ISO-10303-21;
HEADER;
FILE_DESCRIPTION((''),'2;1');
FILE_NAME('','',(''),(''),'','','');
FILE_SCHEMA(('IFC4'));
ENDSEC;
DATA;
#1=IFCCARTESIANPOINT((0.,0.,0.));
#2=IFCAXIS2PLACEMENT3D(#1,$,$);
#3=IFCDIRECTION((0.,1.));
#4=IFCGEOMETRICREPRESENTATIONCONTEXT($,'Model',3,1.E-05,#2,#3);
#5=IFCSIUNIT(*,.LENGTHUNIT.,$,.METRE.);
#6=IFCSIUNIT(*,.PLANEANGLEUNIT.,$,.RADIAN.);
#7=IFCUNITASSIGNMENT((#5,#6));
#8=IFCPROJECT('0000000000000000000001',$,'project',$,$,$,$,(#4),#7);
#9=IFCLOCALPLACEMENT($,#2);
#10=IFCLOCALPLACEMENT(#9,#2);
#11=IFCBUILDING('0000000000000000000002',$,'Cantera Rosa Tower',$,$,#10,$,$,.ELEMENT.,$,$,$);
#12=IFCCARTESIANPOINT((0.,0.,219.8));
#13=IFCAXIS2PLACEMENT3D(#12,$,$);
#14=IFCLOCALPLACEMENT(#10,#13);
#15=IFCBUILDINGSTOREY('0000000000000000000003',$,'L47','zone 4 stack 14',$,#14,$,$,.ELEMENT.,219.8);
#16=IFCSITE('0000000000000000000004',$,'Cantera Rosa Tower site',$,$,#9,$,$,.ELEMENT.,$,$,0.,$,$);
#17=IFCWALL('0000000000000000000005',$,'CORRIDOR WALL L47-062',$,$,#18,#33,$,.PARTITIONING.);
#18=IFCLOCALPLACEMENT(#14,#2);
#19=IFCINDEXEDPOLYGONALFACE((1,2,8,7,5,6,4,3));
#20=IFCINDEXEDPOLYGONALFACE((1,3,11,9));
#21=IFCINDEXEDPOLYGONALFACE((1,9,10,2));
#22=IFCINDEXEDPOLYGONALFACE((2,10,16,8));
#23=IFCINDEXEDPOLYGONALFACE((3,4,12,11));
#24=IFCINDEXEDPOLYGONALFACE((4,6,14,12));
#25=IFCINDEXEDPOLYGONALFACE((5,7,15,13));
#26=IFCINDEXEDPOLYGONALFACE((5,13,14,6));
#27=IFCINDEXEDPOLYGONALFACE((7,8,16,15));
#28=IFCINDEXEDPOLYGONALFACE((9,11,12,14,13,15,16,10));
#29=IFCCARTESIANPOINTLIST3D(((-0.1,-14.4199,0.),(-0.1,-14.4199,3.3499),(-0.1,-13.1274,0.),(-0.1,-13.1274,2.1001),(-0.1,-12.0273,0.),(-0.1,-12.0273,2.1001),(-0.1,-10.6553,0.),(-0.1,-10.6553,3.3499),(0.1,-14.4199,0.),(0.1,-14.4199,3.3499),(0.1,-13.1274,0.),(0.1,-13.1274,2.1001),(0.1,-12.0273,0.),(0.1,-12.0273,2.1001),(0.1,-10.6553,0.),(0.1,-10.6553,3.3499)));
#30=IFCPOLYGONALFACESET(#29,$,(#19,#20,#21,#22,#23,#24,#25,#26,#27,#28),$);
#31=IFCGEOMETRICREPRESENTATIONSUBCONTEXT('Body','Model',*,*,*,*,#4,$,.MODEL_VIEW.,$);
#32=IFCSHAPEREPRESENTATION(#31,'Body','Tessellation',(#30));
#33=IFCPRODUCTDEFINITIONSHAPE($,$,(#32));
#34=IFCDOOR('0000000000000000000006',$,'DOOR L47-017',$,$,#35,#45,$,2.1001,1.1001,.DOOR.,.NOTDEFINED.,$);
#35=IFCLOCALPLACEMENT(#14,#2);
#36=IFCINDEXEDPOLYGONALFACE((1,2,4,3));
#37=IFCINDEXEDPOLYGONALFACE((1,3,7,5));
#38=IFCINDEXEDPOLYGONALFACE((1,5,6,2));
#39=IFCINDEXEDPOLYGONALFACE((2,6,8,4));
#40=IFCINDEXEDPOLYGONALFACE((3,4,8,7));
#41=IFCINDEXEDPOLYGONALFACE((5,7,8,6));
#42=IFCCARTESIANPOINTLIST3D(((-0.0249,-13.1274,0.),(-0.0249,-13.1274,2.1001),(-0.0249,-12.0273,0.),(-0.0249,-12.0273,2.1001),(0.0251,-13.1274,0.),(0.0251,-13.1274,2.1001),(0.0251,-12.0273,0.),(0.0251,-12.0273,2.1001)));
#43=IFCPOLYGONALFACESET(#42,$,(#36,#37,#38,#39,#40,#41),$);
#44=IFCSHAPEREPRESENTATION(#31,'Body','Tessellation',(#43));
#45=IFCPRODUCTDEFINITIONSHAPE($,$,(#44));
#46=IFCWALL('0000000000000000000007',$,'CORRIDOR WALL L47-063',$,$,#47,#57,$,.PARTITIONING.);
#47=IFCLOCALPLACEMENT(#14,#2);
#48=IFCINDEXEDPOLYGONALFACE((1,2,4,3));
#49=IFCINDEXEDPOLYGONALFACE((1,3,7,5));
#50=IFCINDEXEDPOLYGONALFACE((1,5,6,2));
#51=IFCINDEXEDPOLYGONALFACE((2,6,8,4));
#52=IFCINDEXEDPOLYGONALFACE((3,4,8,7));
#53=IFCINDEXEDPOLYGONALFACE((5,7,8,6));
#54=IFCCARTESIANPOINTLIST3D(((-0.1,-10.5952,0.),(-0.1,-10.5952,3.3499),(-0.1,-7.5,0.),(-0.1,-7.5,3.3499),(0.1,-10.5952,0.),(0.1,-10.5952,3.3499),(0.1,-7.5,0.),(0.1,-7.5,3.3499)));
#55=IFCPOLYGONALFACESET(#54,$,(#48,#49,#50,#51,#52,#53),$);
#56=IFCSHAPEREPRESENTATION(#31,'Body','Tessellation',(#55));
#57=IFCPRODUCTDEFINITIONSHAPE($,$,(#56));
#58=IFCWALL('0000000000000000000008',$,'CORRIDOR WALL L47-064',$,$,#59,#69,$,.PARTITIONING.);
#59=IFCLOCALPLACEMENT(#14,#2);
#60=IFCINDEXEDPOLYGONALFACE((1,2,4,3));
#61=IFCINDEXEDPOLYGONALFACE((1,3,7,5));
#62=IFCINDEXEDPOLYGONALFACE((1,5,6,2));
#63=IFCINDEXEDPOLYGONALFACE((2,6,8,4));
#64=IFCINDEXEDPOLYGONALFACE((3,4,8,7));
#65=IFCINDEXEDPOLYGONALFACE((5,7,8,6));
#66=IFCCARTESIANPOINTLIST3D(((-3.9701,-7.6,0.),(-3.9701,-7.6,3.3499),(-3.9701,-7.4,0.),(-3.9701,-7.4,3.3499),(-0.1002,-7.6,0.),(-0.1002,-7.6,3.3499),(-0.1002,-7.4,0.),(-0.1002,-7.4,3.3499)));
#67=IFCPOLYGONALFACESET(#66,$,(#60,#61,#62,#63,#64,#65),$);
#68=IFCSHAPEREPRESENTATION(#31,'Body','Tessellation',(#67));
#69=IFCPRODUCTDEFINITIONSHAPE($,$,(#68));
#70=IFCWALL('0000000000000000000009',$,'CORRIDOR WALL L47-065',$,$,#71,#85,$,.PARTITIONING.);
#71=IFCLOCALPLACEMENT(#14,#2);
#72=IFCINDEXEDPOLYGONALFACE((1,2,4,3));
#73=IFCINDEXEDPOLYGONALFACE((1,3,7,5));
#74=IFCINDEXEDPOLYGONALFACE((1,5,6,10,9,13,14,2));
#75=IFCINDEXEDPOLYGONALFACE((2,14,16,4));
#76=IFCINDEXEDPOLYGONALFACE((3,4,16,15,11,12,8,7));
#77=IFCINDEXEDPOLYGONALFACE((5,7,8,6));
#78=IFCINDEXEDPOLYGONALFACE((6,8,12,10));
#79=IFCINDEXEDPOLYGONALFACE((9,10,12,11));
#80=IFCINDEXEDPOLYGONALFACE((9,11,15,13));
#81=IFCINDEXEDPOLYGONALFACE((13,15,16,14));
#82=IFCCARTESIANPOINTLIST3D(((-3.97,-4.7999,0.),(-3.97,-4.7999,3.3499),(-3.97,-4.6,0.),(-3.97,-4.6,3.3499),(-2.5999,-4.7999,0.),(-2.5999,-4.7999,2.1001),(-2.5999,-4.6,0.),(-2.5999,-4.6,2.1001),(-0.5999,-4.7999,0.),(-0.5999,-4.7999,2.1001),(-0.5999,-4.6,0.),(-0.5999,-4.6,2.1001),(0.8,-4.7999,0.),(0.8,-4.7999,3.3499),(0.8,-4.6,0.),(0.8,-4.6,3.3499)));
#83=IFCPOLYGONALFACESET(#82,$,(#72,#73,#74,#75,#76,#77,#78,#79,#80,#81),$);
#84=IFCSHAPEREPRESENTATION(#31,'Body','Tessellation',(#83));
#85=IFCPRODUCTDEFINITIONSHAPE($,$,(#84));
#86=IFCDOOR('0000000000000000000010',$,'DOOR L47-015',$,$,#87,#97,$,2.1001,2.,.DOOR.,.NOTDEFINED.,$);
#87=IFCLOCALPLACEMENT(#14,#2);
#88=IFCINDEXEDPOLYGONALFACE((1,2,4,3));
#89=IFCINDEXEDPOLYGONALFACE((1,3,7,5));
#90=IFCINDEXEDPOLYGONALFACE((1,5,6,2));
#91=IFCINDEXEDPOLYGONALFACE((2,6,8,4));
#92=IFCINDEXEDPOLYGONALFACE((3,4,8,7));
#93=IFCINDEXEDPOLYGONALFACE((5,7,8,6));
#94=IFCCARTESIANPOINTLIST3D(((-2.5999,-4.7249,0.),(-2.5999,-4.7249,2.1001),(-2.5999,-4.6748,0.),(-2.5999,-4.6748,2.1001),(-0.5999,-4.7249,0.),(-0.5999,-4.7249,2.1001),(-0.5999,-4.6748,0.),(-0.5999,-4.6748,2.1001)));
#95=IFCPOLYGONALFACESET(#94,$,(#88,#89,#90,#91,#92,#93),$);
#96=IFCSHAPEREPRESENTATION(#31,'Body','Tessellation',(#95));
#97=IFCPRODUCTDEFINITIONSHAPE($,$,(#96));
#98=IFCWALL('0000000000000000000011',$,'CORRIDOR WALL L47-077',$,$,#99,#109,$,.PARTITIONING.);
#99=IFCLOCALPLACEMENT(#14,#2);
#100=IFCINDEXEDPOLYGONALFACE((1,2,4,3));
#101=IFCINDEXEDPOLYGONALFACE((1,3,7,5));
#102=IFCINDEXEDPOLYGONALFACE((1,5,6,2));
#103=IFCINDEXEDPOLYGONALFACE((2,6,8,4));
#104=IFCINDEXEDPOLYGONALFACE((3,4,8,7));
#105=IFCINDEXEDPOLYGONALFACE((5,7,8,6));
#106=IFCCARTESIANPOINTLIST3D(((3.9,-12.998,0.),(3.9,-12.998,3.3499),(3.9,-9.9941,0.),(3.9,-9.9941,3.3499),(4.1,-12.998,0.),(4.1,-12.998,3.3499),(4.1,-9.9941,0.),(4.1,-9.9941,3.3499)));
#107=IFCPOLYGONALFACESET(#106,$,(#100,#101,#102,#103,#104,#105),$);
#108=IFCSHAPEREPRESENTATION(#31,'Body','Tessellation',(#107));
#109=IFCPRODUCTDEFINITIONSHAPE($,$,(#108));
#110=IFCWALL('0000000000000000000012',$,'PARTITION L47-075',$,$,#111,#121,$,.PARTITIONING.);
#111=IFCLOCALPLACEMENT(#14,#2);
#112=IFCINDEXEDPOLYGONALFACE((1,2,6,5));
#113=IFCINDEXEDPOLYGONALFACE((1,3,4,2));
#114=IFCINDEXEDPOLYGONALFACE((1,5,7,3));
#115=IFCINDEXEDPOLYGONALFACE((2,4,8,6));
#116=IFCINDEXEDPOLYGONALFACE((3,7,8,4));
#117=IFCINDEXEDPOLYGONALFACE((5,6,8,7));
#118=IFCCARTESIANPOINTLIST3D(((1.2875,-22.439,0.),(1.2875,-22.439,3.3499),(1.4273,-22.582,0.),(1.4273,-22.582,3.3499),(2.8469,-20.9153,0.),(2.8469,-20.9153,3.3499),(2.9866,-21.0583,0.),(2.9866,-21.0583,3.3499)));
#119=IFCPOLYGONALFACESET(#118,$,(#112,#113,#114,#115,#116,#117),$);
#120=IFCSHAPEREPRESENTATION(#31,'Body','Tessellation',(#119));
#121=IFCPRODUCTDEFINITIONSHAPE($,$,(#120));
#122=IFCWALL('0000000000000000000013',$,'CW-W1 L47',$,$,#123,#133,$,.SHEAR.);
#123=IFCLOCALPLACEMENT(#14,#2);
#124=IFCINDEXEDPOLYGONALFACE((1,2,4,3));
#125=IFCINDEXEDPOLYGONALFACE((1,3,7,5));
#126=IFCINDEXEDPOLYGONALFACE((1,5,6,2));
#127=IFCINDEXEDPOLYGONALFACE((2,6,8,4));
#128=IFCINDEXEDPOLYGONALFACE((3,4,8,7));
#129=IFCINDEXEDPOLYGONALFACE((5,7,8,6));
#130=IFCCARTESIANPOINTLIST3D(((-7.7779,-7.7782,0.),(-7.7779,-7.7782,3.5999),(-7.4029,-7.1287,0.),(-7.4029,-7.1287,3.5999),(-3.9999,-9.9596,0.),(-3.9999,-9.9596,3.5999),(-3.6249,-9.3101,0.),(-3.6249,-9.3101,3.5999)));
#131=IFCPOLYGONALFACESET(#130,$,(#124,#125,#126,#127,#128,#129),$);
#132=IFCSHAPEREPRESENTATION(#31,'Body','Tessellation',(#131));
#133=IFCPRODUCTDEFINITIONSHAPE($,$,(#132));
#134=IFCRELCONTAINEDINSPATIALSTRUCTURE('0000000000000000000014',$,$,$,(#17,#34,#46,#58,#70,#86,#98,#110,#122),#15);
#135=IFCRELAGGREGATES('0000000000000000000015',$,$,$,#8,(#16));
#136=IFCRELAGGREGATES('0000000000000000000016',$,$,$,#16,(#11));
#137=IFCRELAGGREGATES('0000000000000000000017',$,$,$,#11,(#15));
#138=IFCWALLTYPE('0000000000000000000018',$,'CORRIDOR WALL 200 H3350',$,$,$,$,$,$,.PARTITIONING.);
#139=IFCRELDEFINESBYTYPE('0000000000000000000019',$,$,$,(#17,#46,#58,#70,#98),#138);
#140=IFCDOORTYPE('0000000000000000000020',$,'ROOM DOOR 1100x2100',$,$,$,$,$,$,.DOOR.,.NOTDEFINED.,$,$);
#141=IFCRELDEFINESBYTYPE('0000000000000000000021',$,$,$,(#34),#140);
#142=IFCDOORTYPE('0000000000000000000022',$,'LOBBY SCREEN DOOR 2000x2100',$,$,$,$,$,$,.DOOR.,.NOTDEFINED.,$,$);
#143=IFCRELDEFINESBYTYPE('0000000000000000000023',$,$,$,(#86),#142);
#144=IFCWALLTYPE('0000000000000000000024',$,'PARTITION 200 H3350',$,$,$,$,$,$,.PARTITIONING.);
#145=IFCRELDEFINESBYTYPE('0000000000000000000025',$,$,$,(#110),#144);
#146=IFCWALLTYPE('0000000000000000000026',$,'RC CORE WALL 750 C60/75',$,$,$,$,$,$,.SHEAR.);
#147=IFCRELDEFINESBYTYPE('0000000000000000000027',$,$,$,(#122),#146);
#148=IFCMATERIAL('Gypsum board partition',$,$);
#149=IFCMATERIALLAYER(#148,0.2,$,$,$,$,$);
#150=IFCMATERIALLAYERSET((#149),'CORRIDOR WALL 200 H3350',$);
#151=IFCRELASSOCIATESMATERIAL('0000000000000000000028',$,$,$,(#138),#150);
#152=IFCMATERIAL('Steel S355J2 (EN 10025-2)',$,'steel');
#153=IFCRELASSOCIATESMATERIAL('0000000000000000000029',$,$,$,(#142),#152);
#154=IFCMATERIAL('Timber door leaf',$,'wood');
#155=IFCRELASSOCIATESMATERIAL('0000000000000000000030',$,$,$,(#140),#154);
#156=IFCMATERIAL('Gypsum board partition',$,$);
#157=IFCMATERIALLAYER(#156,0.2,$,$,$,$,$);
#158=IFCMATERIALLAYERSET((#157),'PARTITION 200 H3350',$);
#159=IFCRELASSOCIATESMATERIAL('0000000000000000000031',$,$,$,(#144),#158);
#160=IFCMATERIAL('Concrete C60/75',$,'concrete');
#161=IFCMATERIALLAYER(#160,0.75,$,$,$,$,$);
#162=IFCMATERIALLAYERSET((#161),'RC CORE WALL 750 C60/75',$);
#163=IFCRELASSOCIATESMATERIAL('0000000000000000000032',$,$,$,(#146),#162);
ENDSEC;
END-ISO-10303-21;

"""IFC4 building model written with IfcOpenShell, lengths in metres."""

from ifc_helpers import new_model, si_unit, direction, frame, frame_2d, origin, place, context, subcontext, project, spatial, rectangle, extrude, material, layer, layer_set, type_object, element, fill, save


model = new_model("IFC4")

# Units and contexts
model_context = context("Model", 3, precision=1e-05, world=origin(), true_north=direction((0.0, 1.0)))
body_context = subcontext(model_context, "Body", "Model", "MODEL_VIEW")
ifc_project = project(units=[si_unit("LENGTHUNIT", "METRE"), si_unit("PLANEANGLEUNIT", "RADIAN")], contexts=[model_context])

# Site, building, storey
site_placement = place(None, origin())
site = spatial("IfcSite", under=ifc_project, at=site_placement, Name="Cantera Rosa Tower site", CompositionType="ELEMENT", RefElevation=0.0)
building_placement = place(site_placement, origin())
building = spatial("IfcBuilding", under=site, at=building_placement, Name="Cantera Rosa Tower", CompositionType="ELEMENT")
storey_placement = place(building_placement, frame((0.0, 0.0, 219.8)))
storey = spatial("IfcBuildingStorey", under=building, at=storey_placement, Name="L47", Description="zone 4 stack 14", CompositionType="ELEMENT", Elevation=219.8)

# Shared definitions
ifc_material_1 = material(Name="Gypsum board partition")
ifc_layer_1 = layer(ifc_material_1, 0.2)
ifc_layer_set_1 = layer_set([ifc_layer_1], Name="CORRIDOR WALL 200 H3350")
wall_type_1 = type_object("IfcWallType", Name="CORRIDOR WALL 200 H3350", PredefinedType="PARTITIONING", material=ifc_layer_set_1)
ifc_material_2 = material(Name="Steel S355J2 (EN 10025-2)", Category="steel")
door_type_1 = type_object("IfcDoorType", Name="LOBBY SCREEN DOOR 2000x2100", OperationType="NOTDEFINED", PredefinedType="DOOR", material=ifc_material_2)

# Wall, opening, door
wall_1_placement = place(storey_placement, frame((0.0, -14.4199, 0.0), z_axis=(0.0, 0.0, 1.0), x_axis=(0.0, 1.0, 0.0)))
wall_1 = element("IfcWall", 1, at=wall_1_placement, inside=storey, type_object=wall_type_1, Name="CORRIDOR WALL L47-062", PredefinedType="PARTITIONING", context=body_context, shape_type="SweptSolid", body=[
    extrude(rectangle(XDim=3.7646, YDim=0.2, at=frame_2d((1.8823, 0.0))), origin(), (0.0, 0.0, 1.0), 3.3499),
])
opening_1_placement = place(wall_1_placement, frame((1.2925, 0.0, 0.0)))
opening_1 = element("IfcOpeningElement", 2, at=opening_1_placement, cuts=wall_1, PredefinedType="OPENING", context=body_context, shape_type="SweptSolid", body=[
    extrude(rectangle(XDim=1.1001, YDim=2.1001, at=frame_2d((0.55, 1.05))), frame((0.0, 0.1099, 0.0), z_axis=(0.0, -1.0, 0.0), x_axis=(1.0, 0.0, 0.0)), (0.0, 0.0, 1.0), 0.22),
])
ifc_material_3 = material(Name="Timber door leaf", Category="wood")
door_type_2 = type_object("IfcDoorType", Name="ROOM DOOR 1100x2100", OperationType="NOTDEFINED", PredefinedType="DOOR", material=ifc_material_3)
door_1_placement = place(opening_1_placement, origin())
door_1 = element("IfcDoor", 3, at=door_1_placement, inside=storey, type_object=door_type_2, Name="DOOR L47-017", OperationType="NOTDEFINED", OverallHeight=2.1001, OverallWidth=1.1001, PredefinedType="DOOR", context=body_context, shape_type="SweptSolid", body=[
    extrude(rectangle(XDim=1.1001, YDim=2.1001, at=frame_2d((0.55, 1.05))), frame((0.0, 0.0249, 0.0), z_axis=(0.0, -1.0, 0.0), x_axis=(1.0, 0.0, 0.0)), (0.0, 0.0, 1.0), 0.05),
])
fill(opening_1, door_1)

# Walls
wall_2_placement = place(storey_placement, frame((0.0, -10.5952, 0.0), z_axis=(0.0, 0.0, 1.0), x_axis=(0.0, 1.0, 0.0)))
element("IfcWall", 4, at=wall_2_placement, inside=storey, type_object=wall_type_1, Name="CORRIDOR WALL L47-063", PredefinedType="PARTITIONING", context=body_context, shape_type="SweptSolid", body=[
    extrude(rectangle(XDim=3.0952, YDim=0.2, at=frame_2d((1.5476, 0.0))), origin(), (0.0, 0.0, 1.0), 3.3499),
])
wall_3_placement = place(storey_placement, frame((-0.1001, -7.5, 0.0), z_axis=(0.0, 0.0, 1.0), x_axis=(-1.0, 0.0, 0.0)))
element("IfcWall", 5, at=wall_3_placement, inside=storey, type_object=wall_type_1, Name="CORRIDOR WALL L47-064", PredefinedType="PARTITIONING", context=body_context, shape_type="SweptSolid", body=[
    extrude(rectangle(XDim=3.8699, YDim=0.2, at=frame_2d((1.9351, 0.0))), origin(), (0.0, 0.0, 1.0), 3.3499),
])

# Wall, opening, door
wall_4_placement = place(storey_placement, frame((0.8, -4.7, 0.0), z_axis=(0.0, 0.0, 1.0), x_axis=(-1.0, 0.0, 0.0)))
wall_4 = element("IfcWall", 6, at=wall_4_placement, inside=storey, type_object=wall_type_1, Name="CORRIDOR WALL L47-065", PredefinedType="PARTITIONING", context=body_context, shape_type="SweptSolid", body=[
    extrude(rectangle(XDim=4.77, YDim=0.2, at=frame_2d((2.385, 0.0))), origin(), (0.0, 0.0, 1.0), 3.3499),
])
opening_2_placement = place(wall_4_placement, frame((1.3999, 0.0, 0.0)))
opening_2 = element("IfcOpeningElement", 7, at=opening_2_placement, cuts=wall_4, PredefinedType="OPENING", context=body_context, shape_type="SweptSolid", body=[
    extrude(rectangle(XDim=2.0, YDim=2.1001, at=frame_2d((1.0, 1.05))), frame((0.0, 0.1099, 0.0), z_axis=(0.0, -1.0, 0.0), x_axis=(1.0, 0.0, 0.0)), (0.0, 0.0, 1.0), 0.22),
])
door_2_placement = place(opening_2_placement, origin())
door_2 = element("IfcDoor", 8, at=door_2_placement, inside=storey, type_object=door_type_1, Name="DOOR L47-015", OperationType="NOTDEFINED", OverallHeight=2.1001, OverallWidth=2.0, PredefinedType="DOOR", context=body_context, shape_type="SweptSolid", body=[
    extrude(rectangle(XDim=2.0, YDim=2.1001, at=frame_2d((1.0, 1.05))), frame((0.0, 0.0249, 0.0), z_axis=(0.0, -1.0, 0.0), x_axis=(1.0, 0.0, 0.0)), (0.0, 0.0, 1.0), 0.05),
])
fill(opening_2, door_2)

# Walls
wall_5_placement = place(storey_placement, frame((4.0, -12.998, 0.0), z_axis=(0.0, 0.0, 1.0), x_axis=(0.0, 1.0, 0.0)))
element("IfcWall", 9, at=wall_5_placement, inside=storey, type_object=wall_type_1, Name="CORRIDOR WALL L47-077", PredefinedType="PARTITIONING", context=body_context, shape_type="SweptSolid", body=[
    extrude(rectangle(XDim=3.0039, YDim=0.2, at=frame_2d((1.502, 0.0))), origin(), (0.0, 0.0, 1.0), 3.3499),
])
ifc_material_4 = material(Name="Gypsum board partition")
ifc_layer_2 = layer(ifc_material_4, 0.2)
ifc_layer_set_2 = layer_set([ifc_layer_2], Name="PARTITION 200 H3350")
wall_type_2 = type_object("IfcWallType", Name="PARTITION 200 H3350", PredefinedType="PARTITIONING", material=ifc_layer_set_2)
wall_6_placement = place(storey_placement, frame((2.9167, -20.9868, 0.0), z_axis=(0.0, 0.0, 1.0), x_axis=(-0.715234, -0.698885, 0.0)))
element("IfcWall", 10, at=wall_6_placement, inside=storey, type_object=wall_type_2, Name="PARTITION L47-075", PredefinedType="PARTITIONING", context=body_context, shape_type="SweptSolid", body=[
    extrude(rectangle(XDim=2.1802, YDim=0.2, at=frame_2d((1.0901, 0.0))), origin(), (0.0, 0.0, 1.0), 3.3499),
])
ifc_material_5 = material(Name="Concrete C60/75", Category="concrete")
ifc_layer_3 = layer(ifc_material_5, 0.75)
ifc_layer_set_3 = layer_set([ifc_layer_3], Name="RC CORE WALL 750 C60/75")
wall_type_3 = type_object("IfcWallType", Name="RC CORE WALL 750 C60/75", PredefinedType="SHEAR", material=ifc_layer_set_3)
wall_7_placement = place(storey_placement, frame((-3.8125, -9.6348, 0.0), z_axis=(0.0, 0.0, 1.0), x_axis=(-0.866013, 0.500021, 0.0)))
element("IfcWall", 11, at=wall_7_placement, inside=storey, type_object=wall_type_3, Name="CW-W1 L47", PredefinedType="SHEAR", context=body_context, shape_type="SweptSolid", body=[
    extrude(rectangle(XDim=4.3625, YDim=0.75, at=frame_2d((2.1812, 0.0))), origin(), (0.0, 0.0, 1.0), 3.5999),
])

save(model, "model.ifc")
